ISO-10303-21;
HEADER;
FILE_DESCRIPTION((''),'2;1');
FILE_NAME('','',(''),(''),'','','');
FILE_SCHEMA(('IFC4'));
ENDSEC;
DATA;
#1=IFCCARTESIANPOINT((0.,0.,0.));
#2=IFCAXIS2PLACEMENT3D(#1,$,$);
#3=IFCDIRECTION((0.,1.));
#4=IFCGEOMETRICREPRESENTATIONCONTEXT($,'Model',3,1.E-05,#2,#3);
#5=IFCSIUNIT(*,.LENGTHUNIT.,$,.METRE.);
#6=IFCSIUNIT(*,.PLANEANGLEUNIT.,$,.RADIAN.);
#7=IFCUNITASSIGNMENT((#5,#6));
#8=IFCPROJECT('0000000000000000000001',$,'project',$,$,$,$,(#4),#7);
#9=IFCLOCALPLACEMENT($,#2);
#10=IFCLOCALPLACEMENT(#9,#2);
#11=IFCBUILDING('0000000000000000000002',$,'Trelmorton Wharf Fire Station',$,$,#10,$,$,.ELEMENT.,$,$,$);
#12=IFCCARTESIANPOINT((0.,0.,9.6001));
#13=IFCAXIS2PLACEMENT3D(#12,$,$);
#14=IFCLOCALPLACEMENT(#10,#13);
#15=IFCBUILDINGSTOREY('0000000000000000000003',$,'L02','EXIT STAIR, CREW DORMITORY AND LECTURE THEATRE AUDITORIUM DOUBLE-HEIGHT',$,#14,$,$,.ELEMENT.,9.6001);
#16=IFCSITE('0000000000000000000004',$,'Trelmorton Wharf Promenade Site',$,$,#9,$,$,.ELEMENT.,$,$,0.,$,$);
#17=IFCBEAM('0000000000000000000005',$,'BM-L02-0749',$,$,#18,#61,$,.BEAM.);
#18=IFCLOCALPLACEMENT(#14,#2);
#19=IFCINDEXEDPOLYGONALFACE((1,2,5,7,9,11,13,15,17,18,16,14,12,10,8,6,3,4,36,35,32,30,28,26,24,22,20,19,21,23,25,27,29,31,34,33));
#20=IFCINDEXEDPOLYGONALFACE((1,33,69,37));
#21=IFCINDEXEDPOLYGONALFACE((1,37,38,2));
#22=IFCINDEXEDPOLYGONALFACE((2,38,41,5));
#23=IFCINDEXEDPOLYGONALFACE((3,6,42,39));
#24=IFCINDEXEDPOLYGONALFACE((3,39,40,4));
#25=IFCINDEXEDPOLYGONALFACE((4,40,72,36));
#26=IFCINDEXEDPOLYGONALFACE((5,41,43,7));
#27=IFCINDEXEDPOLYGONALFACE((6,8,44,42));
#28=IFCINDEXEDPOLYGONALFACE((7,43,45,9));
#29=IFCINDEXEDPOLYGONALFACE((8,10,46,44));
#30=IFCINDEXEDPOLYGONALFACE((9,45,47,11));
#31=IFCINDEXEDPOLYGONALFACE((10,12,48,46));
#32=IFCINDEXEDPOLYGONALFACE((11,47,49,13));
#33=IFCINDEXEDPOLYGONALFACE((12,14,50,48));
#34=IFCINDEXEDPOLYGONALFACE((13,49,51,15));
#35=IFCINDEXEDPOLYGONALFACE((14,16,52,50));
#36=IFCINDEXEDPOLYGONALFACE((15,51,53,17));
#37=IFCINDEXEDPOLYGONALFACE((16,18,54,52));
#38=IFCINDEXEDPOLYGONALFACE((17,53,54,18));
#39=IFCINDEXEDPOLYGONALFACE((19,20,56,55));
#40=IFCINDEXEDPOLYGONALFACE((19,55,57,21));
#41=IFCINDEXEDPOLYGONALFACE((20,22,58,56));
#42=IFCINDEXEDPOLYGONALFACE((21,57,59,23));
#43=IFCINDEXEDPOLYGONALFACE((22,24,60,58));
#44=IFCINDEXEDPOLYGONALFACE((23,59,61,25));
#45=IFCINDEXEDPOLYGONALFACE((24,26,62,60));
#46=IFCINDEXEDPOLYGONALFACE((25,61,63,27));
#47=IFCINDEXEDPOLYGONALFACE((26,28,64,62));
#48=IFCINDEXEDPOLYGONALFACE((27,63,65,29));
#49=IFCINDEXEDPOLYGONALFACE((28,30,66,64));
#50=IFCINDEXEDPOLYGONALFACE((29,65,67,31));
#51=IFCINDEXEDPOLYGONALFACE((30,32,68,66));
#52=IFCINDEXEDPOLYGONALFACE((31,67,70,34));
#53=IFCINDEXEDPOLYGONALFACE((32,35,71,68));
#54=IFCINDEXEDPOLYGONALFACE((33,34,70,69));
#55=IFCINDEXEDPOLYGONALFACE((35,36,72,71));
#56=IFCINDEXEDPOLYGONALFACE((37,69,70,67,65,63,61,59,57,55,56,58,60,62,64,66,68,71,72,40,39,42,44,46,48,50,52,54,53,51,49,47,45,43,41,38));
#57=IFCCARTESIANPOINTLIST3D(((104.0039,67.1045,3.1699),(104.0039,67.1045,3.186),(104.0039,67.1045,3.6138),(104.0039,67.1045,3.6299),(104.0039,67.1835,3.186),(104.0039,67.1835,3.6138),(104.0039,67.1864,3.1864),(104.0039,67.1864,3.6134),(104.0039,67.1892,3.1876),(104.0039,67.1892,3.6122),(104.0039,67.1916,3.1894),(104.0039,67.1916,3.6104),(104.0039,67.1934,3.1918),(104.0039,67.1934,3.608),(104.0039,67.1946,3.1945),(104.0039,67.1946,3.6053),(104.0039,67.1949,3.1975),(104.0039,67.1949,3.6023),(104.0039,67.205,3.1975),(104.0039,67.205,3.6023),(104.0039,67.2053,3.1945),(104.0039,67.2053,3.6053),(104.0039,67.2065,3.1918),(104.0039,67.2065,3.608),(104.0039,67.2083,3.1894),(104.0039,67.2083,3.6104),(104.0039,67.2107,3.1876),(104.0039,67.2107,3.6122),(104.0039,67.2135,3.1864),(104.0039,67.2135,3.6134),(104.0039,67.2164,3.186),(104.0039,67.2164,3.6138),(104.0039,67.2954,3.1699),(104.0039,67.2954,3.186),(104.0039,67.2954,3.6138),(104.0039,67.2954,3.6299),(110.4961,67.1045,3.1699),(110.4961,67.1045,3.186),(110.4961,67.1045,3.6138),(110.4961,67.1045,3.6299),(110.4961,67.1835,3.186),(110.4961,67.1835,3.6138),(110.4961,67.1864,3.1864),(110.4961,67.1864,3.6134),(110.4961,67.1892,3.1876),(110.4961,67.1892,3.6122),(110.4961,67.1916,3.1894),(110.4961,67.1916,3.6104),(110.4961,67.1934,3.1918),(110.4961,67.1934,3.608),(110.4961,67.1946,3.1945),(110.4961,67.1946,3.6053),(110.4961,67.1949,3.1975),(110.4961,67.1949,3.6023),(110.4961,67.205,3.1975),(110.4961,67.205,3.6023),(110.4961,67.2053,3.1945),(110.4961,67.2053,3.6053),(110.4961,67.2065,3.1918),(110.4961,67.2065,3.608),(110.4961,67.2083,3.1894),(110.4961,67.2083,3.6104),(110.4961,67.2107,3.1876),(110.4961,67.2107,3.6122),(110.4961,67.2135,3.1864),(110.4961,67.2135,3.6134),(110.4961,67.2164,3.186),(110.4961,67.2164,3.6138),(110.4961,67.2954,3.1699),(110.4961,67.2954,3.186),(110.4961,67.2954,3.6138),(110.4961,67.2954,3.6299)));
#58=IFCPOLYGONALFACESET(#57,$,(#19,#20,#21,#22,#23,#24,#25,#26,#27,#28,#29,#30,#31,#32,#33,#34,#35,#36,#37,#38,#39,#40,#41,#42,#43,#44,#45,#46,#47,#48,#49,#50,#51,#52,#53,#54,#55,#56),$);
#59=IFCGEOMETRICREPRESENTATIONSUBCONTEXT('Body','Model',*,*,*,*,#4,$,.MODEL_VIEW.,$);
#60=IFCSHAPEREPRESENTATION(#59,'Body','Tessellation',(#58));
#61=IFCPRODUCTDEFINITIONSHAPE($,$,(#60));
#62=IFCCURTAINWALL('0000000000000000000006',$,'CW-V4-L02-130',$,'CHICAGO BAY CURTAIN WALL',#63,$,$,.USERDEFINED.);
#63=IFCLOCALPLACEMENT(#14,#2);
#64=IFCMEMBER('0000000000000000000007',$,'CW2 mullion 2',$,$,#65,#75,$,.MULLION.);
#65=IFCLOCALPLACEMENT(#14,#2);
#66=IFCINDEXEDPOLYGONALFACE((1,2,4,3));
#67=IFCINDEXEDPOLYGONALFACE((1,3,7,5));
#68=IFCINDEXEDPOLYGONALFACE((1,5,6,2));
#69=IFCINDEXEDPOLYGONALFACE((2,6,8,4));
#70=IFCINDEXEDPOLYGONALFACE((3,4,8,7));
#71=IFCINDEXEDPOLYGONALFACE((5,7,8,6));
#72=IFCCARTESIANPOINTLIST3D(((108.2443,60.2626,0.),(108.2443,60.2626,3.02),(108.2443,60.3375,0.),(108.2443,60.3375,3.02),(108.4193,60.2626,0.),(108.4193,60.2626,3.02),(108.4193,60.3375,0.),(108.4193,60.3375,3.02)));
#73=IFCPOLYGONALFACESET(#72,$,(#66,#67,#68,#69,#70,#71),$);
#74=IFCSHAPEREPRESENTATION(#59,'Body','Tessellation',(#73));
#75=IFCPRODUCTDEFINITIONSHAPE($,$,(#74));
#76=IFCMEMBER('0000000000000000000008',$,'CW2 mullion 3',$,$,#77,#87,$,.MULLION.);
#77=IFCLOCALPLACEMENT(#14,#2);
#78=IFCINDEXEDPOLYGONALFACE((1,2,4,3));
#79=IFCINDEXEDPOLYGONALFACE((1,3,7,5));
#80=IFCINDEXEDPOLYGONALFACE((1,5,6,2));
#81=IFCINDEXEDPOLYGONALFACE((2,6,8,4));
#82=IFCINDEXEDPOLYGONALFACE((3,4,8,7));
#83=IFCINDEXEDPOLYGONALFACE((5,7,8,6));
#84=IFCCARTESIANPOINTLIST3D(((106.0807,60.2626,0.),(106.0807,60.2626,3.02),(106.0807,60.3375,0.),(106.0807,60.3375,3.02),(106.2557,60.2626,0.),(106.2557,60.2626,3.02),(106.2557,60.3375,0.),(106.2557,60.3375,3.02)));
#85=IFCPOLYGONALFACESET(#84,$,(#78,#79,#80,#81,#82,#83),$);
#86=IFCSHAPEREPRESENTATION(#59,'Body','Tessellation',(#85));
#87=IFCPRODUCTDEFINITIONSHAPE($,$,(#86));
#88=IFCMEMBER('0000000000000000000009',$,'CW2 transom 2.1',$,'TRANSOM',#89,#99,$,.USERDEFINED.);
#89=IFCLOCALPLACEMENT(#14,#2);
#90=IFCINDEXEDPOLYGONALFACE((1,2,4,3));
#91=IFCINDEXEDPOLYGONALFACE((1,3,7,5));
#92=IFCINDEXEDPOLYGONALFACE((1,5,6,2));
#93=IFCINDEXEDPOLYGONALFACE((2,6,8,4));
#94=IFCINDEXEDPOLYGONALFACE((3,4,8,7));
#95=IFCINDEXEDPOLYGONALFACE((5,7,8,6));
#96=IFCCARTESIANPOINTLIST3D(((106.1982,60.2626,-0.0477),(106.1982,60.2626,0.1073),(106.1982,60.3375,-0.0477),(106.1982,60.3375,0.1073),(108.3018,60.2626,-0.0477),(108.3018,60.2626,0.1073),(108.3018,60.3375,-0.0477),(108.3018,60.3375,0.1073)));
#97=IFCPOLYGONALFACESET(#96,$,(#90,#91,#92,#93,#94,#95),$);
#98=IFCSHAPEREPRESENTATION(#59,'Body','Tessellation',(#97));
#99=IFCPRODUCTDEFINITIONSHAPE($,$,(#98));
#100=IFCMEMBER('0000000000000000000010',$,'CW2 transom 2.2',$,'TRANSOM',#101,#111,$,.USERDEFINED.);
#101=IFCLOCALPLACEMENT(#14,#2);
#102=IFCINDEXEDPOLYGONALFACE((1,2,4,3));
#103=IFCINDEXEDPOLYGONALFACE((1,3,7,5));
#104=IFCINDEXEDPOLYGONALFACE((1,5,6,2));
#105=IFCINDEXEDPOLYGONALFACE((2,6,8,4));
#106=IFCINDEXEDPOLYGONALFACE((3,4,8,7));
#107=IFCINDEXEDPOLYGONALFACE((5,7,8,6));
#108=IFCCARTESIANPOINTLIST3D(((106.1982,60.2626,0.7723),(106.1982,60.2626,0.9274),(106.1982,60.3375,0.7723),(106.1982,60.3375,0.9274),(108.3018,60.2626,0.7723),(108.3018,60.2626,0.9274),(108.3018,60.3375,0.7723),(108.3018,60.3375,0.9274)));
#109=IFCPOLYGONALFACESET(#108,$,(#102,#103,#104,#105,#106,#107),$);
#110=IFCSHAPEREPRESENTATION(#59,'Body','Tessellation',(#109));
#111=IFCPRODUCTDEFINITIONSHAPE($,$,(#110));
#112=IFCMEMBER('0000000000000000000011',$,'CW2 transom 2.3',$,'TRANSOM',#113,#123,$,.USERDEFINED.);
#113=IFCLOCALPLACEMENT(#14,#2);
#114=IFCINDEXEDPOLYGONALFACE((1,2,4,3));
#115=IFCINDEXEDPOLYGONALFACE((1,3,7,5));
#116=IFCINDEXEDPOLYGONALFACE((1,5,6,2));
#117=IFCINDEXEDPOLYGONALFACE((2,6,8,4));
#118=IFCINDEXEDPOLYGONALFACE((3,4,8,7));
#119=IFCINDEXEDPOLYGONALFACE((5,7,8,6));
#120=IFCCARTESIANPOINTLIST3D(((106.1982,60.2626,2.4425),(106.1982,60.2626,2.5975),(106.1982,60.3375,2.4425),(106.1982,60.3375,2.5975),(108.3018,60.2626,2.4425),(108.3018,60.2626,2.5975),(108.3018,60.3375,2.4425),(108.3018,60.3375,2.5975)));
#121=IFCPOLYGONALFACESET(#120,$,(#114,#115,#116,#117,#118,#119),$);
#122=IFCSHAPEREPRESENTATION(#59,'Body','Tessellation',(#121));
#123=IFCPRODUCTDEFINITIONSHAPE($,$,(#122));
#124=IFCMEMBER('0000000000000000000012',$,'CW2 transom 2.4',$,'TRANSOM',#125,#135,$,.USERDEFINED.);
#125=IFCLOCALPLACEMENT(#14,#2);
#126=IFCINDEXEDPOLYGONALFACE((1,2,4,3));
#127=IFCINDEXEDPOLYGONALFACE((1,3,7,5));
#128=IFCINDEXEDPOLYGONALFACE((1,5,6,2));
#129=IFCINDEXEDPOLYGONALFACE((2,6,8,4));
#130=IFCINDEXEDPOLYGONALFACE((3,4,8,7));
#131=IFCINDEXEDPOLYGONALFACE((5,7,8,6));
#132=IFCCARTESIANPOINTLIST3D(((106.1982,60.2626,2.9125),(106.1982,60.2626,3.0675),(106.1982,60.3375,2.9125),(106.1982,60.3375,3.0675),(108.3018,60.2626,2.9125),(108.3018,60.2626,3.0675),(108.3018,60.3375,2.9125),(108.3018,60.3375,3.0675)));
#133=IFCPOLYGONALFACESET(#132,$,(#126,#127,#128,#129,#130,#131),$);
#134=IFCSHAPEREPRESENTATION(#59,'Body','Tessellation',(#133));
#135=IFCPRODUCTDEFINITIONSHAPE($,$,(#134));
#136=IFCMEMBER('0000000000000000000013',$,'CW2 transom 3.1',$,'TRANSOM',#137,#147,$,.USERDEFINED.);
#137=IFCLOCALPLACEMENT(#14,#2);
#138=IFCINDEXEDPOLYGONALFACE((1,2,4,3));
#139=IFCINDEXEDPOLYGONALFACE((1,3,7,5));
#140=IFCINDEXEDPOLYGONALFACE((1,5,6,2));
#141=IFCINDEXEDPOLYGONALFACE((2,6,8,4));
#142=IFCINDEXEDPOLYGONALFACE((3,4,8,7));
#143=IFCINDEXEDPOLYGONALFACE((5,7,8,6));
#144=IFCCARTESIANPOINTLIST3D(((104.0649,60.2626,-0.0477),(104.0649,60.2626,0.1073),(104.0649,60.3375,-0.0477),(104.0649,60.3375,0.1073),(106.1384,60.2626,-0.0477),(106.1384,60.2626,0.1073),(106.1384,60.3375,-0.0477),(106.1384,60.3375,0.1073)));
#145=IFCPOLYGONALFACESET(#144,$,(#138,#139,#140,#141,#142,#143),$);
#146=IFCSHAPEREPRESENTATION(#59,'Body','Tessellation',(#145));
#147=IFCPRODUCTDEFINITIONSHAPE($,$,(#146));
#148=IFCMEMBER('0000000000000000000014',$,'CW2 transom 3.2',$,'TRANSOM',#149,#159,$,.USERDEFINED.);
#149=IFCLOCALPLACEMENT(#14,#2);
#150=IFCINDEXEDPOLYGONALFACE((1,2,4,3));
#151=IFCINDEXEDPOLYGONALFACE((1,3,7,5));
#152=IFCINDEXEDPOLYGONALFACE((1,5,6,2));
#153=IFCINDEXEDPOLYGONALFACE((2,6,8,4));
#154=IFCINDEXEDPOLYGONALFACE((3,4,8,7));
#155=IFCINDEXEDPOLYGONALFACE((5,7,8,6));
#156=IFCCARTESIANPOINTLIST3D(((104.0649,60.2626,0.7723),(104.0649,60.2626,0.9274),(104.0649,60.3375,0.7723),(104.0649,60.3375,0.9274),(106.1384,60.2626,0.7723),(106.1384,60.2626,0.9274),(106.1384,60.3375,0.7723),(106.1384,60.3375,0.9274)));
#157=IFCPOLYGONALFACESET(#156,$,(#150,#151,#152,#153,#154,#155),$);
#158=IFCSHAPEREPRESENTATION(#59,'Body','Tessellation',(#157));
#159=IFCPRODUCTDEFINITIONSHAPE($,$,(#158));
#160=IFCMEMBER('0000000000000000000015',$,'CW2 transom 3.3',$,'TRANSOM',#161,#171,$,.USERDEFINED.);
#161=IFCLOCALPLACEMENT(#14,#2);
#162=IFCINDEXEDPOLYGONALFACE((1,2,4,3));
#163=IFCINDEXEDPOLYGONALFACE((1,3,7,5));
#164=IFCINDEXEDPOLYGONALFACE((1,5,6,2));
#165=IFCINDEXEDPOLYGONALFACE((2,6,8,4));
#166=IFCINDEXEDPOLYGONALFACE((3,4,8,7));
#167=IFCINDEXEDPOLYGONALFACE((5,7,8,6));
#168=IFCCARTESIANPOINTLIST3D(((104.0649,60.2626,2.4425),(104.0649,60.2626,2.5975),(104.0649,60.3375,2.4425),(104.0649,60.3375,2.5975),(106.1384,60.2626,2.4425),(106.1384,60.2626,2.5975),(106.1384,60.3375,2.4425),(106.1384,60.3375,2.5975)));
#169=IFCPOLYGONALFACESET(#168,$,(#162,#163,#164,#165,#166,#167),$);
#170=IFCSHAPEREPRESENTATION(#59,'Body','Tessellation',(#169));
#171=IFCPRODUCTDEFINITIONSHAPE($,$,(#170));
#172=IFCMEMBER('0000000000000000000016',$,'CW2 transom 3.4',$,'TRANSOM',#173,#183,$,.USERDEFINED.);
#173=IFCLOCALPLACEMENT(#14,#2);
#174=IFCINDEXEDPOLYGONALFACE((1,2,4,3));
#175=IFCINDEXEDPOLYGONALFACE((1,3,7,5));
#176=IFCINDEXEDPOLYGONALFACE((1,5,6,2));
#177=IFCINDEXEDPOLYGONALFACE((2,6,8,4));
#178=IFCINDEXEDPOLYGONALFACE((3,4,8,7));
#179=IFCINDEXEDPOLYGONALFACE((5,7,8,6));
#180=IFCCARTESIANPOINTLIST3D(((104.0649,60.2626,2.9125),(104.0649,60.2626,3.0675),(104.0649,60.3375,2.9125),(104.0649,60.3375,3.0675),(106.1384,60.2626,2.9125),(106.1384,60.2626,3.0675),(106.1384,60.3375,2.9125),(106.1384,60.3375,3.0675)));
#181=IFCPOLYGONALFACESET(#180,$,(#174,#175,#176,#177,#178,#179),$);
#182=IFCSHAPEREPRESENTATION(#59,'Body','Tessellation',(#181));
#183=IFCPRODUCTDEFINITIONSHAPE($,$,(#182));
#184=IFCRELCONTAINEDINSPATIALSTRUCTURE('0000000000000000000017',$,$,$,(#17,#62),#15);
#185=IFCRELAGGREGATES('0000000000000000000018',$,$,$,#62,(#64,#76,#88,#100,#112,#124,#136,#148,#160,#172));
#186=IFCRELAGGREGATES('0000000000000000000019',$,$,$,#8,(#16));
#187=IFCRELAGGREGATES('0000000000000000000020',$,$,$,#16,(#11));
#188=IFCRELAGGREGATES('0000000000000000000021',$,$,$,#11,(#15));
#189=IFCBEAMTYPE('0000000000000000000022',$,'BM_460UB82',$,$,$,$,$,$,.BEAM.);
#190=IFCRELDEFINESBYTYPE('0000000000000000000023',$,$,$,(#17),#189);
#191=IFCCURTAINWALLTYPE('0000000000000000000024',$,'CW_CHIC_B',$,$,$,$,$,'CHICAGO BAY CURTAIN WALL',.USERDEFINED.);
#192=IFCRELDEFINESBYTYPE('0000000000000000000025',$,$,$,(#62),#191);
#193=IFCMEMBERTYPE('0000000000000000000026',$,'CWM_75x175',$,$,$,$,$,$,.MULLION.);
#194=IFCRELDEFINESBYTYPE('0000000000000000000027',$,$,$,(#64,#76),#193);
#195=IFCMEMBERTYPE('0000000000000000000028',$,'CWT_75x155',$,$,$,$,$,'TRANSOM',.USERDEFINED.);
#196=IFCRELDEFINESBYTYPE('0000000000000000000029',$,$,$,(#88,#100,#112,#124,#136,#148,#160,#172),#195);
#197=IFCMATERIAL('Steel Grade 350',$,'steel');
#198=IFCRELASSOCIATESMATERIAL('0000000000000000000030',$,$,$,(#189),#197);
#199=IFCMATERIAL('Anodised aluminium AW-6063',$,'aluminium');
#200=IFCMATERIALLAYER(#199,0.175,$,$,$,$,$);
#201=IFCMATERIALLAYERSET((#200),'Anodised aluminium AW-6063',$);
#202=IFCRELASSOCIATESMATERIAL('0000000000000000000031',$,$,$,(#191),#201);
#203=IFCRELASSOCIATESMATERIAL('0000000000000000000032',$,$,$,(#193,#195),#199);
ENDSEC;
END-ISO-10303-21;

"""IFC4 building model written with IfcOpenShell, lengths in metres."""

from ifc_helpers import new_model, si_unit, direction, frame, origin, origin_2d, place, context, subcontext, project, spatial, rectangle, i_section, extrude, material, layer, layer_set, material_profile, profile_set, type_object, element, aggregate, save


model = new_model("IFC4")

# Units and contexts
model_context = context("Model", 3, precision=1e-05, world=origin(), true_north=direction((0.0, 1.0)))
body_context = subcontext(model_context, "Body", "Model", "MODEL_VIEW")
ifc_project = project(units=[si_unit("LENGTHUNIT", "METRE"), si_unit("PLANEANGLEUNIT", "RADIAN")], contexts=[model_context])

# Site, building, storey
site_placement = place(None, origin())
site = spatial("IfcSite", under=ifc_project, at=site_placement, Name="Trelmorton Wharf Promenade Site", CompositionType="ELEMENT", RefElevation=0.0)
building_placement = place(site_placement, origin())
building = spatial("IfcBuilding", under=site, at=building_placement, Name="Trelmorton Wharf Fire Station", CompositionType="ELEMENT")
storey_placement = place(building_placement, frame((0.0, 0.0, 9.6001)))
storey = spatial("IfcBuildingStorey", under=building, at=storey_placement, Name="L02", Description="EXIT STAIR, CREW DORMITORY AND LECTURE THEATRE AUDITORIUM DOUBLE-HEIGHT", CompositionType="ELEMENT", Elevation=9.6001)

# Beam
ifc_material_1 = material(Name="Steel Grade 350", Category="steel")
ifc_material_profile_1 = material_profile(ifc_material_1, i_section(OverallWidth=0.1909, OverallDepth=0.46, WebThickness=0.01, FlangeThickness=0.0161, FilletRadius=0.0115, at=origin_2d()), Name="460UB82.1")
ifc_profile_set_1 = profile_set([ifc_material_profile_1], Name="Steel Grade 350")
beam_type_1 = type_object("IfcBeamType", Name="BM_460UB82", PredefinedType="BEAM", material=ifc_profile_set_1)
beam_placement = place(storey_placement, frame((104.0039, 67.2, 3.3999), z_axis=(1.0, 0.0, 0.0), x_axis=(0.0, 1.0, 0.0)))
element("IfcBeam", 1, at=beam_placement, inside=storey, type_object=beam_type_1, Name="BM-L02-0749", PredefinedType="BEAM", context=body_context, shape_type="SweptSolid", body=[
    extrude(i_section(OverallWidth=0.1909, OverallDepth=0.46, WebThickness=0.01, FlangeThickness=0.0161, FilletRadius=0.0115, at=origin_2d()), origin(), (0.0, 0.0, 1.0), 6.4922),
])

# Curtain wall, members
ifc_material_2 = material(Name="Anodised aluminium AW-6063", Category="aluminium")
ifc_layer_1 = layer(ifc_material_2, 0.175)
ifc_layer_set_1 = layer_set([ifc_layer_1], Name="Anodised aluminium AW-6063")
curtain_wall_type = type_object("IfcCurtainWallType", Name="CW_CHIC_B", ElementType="CHICAGO BAY CURTAIN WALL", PredefinedType="USERDEFINED", material=ifc_layer_set_1)
curtain_wall_placement = place(storey_placement, origin())
curtain_wall = element("IfcCurtainWall", 2, at=curtain_wall_placement, inside=storey, type_object=curtain_wall_type, Name="CW-V4-L02-130", ObjectType="CHICAGO BAY CURTAIN WALL", PredefinedType="USERDEFINED")
ifc_material_profile_2 = material_profile(ifc_material_2, rectangle(XDim=0.075, YDim=0.175, at=origin_2d()), Name="ALU-75x175")
ifc_profile_set_2 = profile_set([ifc_material_profile_2], Name="Anodised aluminium AW-6063")
member_type_1 = type_object("IfcMemberType", Name="CWM_75x175", PredefinedType="MULLION", material=ifc_profile_set_2)
member_1_placement = place(storey_placement, frame((108.3318, 60.3, 0.0), z_axis=(0.0, 0.0, 1.0), x_axis=(0.0, -1.0, 0.0)))
member_1 = element("IfcMember", 3, at=member_1_placement, type_object=member_type_1, Name="CW2 mullion 2", PredefinedType="MULLION", context=body_context, shape_type="SweptSolid", body=[
    extrude(rectangle(XDim=0.075, YDim=0.175, at=origin_2d()), origin(), (0.0, 0.0, 1.0), 3.02),
])
member_2_placement = place(storey_placement, frame((106.1682, 60.3, 0.0), z_axis=(0.0, 0.0, 1.0), x_axis=(0.0, -1.0, 0.0)))
member_2 = element("IfcMember", 4, at=member_2_placement, type_object=member_type_1, Name="CW2 mullion 3", PredefinedType="MULLION", context=body_context, shape_type="SweptSolid", body=[
    extrude(rectangle(XDim=0.075, YDim=0.175, at=origin_2d()), origin(), (0.0, 0.0, 1.0), 3.02),
])
ifc_material_profile_3 = material_profile(ifc_material_2, rectangle(XDim=0.075, YDim=0.155, at=origin_2d()), Name="ALU-75x155")
ifc_profile_set_3 = profile_set([ifc_material_profile_3], Name="Anodised aluminium AW-6063")
member_type_2 = type_object("IfcMemberType", Name="CWT_75x155", ElementType="TRANSOM", PredefinedType="USERDEFINED", material=ifc_profile_set_3)
member_3_placement = place(storey_placement, frame((108.3018, 60.3, 0.0298), z_axis=(-1.0, 0.0, 0.0), x_axis=(0.0, -1.0, 0.0)))
member_3 = element("IfcMember", 5, at=member_3_placement, type_object=member_type_2, Name="CW2 transom 2.1", ObjectType="TRANSOM", PredefinedType="USERDEFINED", context=body_context, shape_type="SweptSolid", body=[
    extrude(rectangle(XDim=0.075, YDim=0.155, at=origin_2d()), origin(), (0.0, 0.0, 1.0), 2.1035),
])
member_4_placement = place(storey_placement, frame((108.3018, 60.3, 0.8499), z_axis=(-1.0, 0.0, 0.0), x_axis=(0.0, -1.0, 0.0)))
member_4 = element("IfcMember", 6, at=member_4_placement, type_object=member_type_2, Name="CW2 transom 2.2", ObjectType="TRANSOM", PredefinedType="USERDEFINED", context=body_context, shape_type="SweptSolid", body=[
    extrude(rectangle(XDim=0.075, YDim=0.155, at=origin_2d()), origin(), (0.0, 0.0, 1.0), 2.1035),
])
member_5_placement = place(storey_placement, frame((108.3018, 60.3, 2.52), z_axis=(-1.0, 0.0, 0.0), x_axis=(0.0, -1.0, 0.0)))
member_5 = element("IfcMember", 7, at=member_5_placement, type_object=member_type_2, Name="CW2 transom 2.3", ObjectType="TRANSOM", PredefinedType="USERDEFINED", context=body_context, shape_type="SweptSolid", body=[
    extrude(rectangle(XDim=0.075, YDim=0.155, at=origin_2d()), origin(), (0.0, 0.0, 1.0), 2.1035),
])
member_6_placement = place(storey_placement, frame((108.3018, 60.3, 2.99), z_axis=(-1.0, 0.0, 0.0), x_axis=(0.0, -1.0, 0.0)))
member_6 = element("IfcMember", 8, at=member_6_placement, type_object=member_type_2, Name="CW2 transom 2.4", ObjectType="TRANSOM", PredefinedType="USERDEFINED", context=body_context, shape_type="SweptSolid", body=[
    extrude(rectangle(XDim=0.075, YDim=0.155, at=origin_2d()), origin(), (0.0, 0.0, 1.0), 2.1035),
])
member_7_placement = place(storey_placement, frame((106.1384, 60.3, 0.0298), z_axis=(-1.0, 0.0, 0.0), x_axis=(0.0, -1.0, 0.0)))
member_7 = element("IfcMember", 9, at=member_7_placement, type_object=member_type_2, Name="CW2 transom 3.1", ObjectType="TRANSOM", PredefinedType="USERDEFINED", context=body_context, shape_type="SweptSolid", body=[
    extrude(rectangle(XDim=0.075, YDim=0.155, at=origin_2d()), origin(), (0.0, 0.0, 1.0), 2.0735),
])
member_8_placement = place(storey_placement, frame((106.1384, 60.3, 0.8499), z_axis=(-1.0, 0.0, 0.0), x_axis=(0.0, -1.0, 0.0)))
member_8 = element("IfcMember", 10, at=member_8_placement, type_object=member_type_2, Name="CW2 transom 3.2", ObjectType="TRANSOM", PredefinedType="USERDEFINED", context=body_context, shape_type="SweptSolid", body=[
    extrude(rectangle(XDim=0.075, YDim=0.155, at=origin_2d()), origin(), (0.0, 0.0, 1.0), 2.0735),
])
member_9_placement = place(storey_placement, frame((106.1384, 60.3, 2.52), z_axis=(-1.0, 0.0, 0.0), x_axis=(0.0, -1.0, 0.0)))
member_9 = element("IfcMember", 11, at=member_9_placement, type_object=member_type_2, Name="CW2 transom 3.3", ObjectType="TRANSOM", PredefinedType="USERDEFINED", context=body_context, shape_type="SweptSolid", body=[
    extrude(rectangle(XDim=0.075, YDim=0.155, at=origin_2d()), origin(), (0.0, 0.0, 1.0), 2.0735),
])
member_10_placement = place(storey_placement, frame((106.1384, 60.3, 2.99), z_axis=(-1.0, 0.0, 0.0), x_axis=(0.0, -1.0, 0.0)))
member_10 = element("IfcMember", 12, at=member_10_placement, type_object=member_type_2, Name="CW2 transom 3.4", ObjectType="TRANSOM", PredefinedType="USERDEFINED", context=body_context, shape_type="SweptSolid", body=[
    extrude(rectangle(XDim=0.075, YDim=0.155, at=origin_2d()), origin(), (0.0, 0.0, 1.0), 2.0735),
])

aggregate(curtain_wall, [member_1, member_2, member_3, member_4, member_5, member_6, member_7, member_8, member_9, member_10])

save(model, "model.ifc")
